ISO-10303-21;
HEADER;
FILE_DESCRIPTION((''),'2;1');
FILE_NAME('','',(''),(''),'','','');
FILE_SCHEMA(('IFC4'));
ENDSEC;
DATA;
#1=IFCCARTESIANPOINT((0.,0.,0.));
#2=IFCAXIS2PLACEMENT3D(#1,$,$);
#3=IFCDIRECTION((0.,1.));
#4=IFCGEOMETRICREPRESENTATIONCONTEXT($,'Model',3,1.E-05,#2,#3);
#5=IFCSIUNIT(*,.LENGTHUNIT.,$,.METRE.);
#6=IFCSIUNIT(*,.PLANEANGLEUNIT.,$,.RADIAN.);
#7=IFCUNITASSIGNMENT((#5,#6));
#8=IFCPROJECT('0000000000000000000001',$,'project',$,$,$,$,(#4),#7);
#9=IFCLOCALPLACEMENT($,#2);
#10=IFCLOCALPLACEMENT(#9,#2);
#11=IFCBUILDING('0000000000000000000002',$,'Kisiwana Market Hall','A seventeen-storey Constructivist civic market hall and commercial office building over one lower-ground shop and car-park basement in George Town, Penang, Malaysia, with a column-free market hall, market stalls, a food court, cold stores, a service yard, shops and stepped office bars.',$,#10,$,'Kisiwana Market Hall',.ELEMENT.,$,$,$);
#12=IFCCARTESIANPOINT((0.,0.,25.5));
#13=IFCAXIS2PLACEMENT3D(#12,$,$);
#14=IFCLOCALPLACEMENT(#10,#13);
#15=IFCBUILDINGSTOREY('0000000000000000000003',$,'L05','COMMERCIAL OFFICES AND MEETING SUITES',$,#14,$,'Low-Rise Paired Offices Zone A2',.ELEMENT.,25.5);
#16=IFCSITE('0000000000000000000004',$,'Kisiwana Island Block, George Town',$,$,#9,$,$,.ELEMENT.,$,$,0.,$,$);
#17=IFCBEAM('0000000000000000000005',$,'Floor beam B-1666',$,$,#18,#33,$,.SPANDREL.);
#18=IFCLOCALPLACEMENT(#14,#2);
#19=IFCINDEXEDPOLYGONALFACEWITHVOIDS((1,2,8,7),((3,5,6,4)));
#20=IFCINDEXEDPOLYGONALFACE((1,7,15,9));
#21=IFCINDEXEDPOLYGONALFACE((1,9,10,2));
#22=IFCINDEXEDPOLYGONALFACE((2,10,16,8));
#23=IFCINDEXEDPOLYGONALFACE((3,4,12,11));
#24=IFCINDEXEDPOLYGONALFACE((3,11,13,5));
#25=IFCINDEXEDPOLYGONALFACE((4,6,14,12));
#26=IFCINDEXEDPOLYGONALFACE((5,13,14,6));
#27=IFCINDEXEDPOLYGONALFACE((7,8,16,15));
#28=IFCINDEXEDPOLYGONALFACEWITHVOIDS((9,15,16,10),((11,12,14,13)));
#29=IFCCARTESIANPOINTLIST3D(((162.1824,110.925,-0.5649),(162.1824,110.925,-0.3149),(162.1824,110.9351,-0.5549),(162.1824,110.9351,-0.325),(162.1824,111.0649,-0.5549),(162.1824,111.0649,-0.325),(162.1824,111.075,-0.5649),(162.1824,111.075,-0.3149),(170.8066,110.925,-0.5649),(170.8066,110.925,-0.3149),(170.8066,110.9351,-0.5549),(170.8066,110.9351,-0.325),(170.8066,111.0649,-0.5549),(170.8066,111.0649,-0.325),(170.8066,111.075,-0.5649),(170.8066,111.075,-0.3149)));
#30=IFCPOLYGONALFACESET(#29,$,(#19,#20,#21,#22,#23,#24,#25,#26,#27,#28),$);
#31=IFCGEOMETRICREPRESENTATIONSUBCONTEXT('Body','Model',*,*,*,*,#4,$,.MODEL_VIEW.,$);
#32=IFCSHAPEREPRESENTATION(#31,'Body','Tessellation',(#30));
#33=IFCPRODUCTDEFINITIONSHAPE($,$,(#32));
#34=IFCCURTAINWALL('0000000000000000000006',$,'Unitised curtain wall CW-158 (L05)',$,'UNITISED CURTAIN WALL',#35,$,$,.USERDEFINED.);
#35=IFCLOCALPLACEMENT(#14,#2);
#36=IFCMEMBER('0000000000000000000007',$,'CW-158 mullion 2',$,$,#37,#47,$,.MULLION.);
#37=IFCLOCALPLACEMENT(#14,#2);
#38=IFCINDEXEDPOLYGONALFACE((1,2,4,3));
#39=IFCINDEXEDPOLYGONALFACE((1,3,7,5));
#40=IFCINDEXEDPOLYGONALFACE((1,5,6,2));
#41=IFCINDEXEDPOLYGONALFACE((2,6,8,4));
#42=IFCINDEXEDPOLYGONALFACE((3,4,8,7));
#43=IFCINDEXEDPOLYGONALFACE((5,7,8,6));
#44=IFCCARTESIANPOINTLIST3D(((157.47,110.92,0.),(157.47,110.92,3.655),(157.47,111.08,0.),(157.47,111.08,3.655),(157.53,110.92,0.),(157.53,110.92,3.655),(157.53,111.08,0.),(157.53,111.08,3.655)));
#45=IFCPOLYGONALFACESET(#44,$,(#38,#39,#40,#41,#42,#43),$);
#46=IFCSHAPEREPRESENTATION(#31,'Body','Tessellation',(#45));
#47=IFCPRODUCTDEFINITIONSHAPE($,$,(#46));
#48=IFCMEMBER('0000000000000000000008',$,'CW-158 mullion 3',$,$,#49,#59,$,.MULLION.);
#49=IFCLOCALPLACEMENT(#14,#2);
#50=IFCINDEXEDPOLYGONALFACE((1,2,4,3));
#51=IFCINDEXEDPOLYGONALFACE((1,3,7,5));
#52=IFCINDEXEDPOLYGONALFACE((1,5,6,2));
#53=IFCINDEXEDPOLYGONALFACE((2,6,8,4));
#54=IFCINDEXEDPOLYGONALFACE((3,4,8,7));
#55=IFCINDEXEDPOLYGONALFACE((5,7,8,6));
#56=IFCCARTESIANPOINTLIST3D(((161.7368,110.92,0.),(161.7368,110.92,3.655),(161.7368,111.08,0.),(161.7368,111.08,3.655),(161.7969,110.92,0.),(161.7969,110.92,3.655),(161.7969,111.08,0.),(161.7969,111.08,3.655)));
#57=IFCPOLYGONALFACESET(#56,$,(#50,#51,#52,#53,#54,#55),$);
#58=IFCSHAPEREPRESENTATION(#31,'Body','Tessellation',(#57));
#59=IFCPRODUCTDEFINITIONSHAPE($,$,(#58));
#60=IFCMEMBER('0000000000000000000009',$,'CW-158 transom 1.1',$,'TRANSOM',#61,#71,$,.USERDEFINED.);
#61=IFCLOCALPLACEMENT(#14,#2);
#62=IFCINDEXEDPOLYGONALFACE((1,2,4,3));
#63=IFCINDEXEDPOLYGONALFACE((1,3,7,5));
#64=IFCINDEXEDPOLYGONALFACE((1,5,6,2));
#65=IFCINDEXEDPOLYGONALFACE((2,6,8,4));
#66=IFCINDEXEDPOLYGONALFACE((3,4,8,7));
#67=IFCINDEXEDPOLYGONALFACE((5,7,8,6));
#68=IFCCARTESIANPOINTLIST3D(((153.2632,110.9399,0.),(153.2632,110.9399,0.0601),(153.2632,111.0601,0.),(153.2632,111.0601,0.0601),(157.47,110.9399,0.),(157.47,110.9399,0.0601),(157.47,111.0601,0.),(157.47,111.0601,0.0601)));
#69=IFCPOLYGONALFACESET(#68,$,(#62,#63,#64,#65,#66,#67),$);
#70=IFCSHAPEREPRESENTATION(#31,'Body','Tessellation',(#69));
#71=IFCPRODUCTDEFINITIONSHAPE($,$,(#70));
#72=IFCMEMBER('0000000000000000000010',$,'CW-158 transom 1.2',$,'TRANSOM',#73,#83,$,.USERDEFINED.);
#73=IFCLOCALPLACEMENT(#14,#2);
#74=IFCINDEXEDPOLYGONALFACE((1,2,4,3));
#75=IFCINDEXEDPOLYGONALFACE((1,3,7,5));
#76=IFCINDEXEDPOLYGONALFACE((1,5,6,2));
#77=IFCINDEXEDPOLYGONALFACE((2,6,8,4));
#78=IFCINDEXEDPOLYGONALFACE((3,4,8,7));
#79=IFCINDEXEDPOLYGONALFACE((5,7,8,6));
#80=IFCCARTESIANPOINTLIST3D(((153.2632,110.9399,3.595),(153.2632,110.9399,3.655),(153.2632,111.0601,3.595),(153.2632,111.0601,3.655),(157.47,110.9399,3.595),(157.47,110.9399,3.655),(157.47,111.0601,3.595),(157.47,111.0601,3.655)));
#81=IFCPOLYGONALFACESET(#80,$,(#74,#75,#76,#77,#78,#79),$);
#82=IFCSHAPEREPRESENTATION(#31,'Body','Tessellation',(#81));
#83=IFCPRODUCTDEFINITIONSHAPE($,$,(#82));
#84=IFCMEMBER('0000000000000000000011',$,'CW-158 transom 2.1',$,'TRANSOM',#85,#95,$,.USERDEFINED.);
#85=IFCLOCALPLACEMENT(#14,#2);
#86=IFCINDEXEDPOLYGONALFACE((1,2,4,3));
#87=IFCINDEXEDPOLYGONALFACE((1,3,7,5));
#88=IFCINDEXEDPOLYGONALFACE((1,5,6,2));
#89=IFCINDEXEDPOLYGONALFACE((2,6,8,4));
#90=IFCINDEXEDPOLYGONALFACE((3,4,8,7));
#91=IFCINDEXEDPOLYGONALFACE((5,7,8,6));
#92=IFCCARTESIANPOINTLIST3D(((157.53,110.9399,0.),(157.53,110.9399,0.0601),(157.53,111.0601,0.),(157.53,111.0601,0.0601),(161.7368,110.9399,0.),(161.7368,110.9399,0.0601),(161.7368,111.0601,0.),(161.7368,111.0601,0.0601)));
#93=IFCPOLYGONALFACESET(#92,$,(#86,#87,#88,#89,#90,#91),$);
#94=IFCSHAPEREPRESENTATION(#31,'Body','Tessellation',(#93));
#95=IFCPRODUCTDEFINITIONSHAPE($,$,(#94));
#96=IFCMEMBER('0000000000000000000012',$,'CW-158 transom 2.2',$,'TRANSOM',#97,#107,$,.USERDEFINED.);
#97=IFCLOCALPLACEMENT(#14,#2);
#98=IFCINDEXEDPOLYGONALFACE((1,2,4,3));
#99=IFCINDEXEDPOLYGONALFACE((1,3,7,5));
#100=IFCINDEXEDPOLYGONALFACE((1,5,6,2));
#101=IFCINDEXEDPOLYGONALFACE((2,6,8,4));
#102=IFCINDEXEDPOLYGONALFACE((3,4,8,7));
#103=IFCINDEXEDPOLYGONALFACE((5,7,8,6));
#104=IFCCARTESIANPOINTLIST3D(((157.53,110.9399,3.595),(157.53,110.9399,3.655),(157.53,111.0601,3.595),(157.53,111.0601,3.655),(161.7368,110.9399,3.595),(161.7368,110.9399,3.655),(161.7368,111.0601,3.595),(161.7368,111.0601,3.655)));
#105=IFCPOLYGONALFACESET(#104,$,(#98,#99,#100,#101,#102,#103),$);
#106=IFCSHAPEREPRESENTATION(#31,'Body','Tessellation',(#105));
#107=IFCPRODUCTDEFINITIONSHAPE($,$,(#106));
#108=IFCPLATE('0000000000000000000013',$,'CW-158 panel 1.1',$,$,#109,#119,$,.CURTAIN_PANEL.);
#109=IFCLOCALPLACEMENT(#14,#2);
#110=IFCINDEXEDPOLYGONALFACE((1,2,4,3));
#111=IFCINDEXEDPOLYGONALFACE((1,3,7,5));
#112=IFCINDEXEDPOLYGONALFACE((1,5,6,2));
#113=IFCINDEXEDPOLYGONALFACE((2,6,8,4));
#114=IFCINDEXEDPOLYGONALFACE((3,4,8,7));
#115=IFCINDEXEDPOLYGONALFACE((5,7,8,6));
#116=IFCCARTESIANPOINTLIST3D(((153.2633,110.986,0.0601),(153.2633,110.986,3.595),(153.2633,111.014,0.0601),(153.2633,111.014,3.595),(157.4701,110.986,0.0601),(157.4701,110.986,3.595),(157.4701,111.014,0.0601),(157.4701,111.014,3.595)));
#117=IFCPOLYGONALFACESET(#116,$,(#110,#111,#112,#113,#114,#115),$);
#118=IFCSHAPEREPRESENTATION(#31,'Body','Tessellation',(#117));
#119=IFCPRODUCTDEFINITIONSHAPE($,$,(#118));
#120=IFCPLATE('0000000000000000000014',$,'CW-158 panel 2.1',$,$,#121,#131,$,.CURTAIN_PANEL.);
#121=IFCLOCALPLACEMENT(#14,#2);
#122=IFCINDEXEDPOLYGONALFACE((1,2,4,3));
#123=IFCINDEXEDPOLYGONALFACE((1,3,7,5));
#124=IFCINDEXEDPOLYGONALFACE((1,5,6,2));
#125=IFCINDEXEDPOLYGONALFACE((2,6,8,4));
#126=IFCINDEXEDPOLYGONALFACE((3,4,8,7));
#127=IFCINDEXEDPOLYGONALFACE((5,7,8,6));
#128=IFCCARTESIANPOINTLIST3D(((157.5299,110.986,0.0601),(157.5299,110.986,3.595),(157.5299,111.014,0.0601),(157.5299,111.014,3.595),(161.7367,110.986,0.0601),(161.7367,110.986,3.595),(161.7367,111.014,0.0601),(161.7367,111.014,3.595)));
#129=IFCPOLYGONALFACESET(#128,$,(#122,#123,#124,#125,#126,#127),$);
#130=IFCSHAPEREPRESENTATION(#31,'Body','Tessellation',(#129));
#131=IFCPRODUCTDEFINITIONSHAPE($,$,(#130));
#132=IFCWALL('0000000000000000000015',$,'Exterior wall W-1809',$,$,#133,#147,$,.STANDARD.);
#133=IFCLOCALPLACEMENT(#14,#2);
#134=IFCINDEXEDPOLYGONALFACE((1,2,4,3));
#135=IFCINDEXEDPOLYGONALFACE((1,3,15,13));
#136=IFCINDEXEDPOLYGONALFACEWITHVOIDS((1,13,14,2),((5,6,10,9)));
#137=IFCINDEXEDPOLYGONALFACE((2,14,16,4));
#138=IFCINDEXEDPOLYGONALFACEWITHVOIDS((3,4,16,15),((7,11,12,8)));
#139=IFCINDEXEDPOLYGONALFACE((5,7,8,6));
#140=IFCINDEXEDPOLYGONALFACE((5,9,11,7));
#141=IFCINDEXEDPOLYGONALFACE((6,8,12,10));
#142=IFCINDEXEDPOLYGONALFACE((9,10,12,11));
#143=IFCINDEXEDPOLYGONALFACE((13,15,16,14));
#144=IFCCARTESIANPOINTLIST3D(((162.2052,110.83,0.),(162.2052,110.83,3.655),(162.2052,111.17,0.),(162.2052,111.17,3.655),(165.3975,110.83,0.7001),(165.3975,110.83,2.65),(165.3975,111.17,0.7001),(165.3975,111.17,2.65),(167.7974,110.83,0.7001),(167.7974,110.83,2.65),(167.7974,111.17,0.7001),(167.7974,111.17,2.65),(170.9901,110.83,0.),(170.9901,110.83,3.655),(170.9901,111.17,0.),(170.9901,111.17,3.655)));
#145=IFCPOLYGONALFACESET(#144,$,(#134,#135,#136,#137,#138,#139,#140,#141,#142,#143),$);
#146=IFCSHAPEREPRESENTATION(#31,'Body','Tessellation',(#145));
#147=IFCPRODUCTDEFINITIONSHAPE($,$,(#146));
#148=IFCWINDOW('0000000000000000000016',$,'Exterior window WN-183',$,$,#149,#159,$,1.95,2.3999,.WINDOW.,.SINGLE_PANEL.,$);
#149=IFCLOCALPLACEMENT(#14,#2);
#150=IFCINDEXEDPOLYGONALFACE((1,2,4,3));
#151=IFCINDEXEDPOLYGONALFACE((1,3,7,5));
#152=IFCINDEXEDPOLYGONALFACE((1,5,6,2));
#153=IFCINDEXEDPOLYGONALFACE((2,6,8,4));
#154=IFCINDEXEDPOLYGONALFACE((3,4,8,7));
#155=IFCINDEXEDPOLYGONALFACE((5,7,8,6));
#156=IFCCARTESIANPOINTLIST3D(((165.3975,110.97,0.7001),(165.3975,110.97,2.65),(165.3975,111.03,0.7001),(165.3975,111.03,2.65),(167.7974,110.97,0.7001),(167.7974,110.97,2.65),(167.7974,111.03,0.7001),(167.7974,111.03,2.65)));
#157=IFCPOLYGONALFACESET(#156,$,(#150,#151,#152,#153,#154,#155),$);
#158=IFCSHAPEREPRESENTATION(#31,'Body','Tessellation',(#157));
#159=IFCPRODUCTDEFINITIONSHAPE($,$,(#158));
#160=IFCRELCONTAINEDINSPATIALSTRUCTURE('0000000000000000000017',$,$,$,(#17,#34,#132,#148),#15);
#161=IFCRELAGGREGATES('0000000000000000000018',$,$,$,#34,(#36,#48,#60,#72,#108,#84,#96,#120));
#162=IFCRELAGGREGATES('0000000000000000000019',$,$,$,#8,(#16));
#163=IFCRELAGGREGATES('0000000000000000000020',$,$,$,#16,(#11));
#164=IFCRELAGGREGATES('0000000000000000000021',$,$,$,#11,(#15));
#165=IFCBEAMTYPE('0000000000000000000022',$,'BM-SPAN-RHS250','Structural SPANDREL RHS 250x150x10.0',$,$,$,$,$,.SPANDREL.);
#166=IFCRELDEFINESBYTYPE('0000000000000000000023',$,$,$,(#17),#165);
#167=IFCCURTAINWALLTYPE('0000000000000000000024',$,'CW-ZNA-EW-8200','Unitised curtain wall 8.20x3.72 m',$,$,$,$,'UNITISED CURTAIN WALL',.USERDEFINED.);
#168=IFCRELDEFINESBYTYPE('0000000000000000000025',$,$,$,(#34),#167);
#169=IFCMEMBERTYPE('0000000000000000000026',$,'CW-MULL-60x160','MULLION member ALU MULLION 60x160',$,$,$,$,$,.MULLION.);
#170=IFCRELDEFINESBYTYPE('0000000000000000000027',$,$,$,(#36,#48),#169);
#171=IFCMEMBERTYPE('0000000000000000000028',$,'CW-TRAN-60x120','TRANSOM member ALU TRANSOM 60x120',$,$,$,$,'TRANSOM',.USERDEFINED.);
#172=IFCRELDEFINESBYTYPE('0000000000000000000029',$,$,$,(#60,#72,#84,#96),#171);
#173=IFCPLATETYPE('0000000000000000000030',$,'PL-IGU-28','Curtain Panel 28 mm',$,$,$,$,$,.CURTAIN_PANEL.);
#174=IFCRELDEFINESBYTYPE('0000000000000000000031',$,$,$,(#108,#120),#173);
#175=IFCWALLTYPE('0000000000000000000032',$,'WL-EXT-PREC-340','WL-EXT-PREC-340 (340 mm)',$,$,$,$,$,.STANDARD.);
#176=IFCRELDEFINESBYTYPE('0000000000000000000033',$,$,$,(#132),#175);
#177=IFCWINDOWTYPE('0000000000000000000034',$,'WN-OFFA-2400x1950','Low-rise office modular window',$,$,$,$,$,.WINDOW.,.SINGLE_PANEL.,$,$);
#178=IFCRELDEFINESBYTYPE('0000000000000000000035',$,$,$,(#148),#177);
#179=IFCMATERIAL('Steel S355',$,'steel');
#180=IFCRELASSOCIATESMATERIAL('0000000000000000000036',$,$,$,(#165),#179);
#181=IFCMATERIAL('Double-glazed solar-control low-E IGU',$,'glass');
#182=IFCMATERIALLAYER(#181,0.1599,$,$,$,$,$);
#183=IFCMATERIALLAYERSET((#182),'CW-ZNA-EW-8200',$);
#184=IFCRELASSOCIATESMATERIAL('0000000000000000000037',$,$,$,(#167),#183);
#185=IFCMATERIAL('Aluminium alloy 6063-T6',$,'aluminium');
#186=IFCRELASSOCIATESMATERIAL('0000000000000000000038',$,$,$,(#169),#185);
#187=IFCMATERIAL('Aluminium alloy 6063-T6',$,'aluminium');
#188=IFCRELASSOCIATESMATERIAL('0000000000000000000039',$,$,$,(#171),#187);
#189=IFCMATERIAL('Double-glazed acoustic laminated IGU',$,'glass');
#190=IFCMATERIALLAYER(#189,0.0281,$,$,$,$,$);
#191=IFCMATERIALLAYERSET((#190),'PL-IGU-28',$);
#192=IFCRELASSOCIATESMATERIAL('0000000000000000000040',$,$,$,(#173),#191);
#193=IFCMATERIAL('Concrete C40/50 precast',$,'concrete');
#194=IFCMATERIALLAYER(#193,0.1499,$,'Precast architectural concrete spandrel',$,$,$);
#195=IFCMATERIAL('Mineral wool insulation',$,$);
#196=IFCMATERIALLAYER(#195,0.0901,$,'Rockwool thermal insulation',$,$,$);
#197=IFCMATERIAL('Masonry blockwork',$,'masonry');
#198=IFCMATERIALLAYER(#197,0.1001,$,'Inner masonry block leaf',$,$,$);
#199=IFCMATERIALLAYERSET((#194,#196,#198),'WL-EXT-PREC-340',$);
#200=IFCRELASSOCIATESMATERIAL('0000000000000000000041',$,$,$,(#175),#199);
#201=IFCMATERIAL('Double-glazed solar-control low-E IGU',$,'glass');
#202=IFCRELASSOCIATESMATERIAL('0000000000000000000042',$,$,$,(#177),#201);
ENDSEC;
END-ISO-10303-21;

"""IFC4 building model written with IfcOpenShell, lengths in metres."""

from ifc_helpers import new_model, si_unit, direction, frame, frame_2d, origin, origin_2d, place, context, subcontext, project, spatial, rectangle, hollow_rectangle, extrude, material, layer, layer_set, material_profile, profile_set, type_object, element, fill, aggregate, save


model = new_model("IFC4")

# Units and contexts
model_context = context("Model", 3, precision=1e-05, world=origin(), true_north=direction((0.0, 1.0)))
body_context = subcontext(model_context, "Body", "Model", "MODEL_VIEW")
ifc_project = project(units=[si_unit("LENGTHUNIT", "METRE"), si_unit("PLANEANGLEUNIT", "RADIAN")], contexts=[model_context])

# Site, building, storey
site_placement = place(None, origin())
site = spatial("IfcSite", under=ifc_project, at=site_placement, Name="Kisiwana Island Block, George Town", CompositionType="ELEMENT", RefElevation=0.0)
building_placement = place(site_placement, origin())
building = spatial("IfcBuilding", under=site, at=building_placement, Name="Kisiwana Market Hall", Description="A seventeen-storey Constructivist civic market hall and commercial office building over one lower-ground shop and car-park basement in George Town, Penang, Malaysia, with a column-free market hall, market stalls, a food court, cold stores, a service yard, shops and stepped office bars.", LongName="Kisiwana Market Hall", CompositionType="ELEMENT")
storey_placement = place(building_placement, frame((0.0, 0.0, 25.5)))
storey = spatial("IfcBuildingStorey", under=building, at=storey_placement, Name="L05", Description="COMMERCIAL OFFICES AND MEETING SUITES", LongName="Low-Rise Paired Offices Zone A2", CompositionType="ELEMENT", Elevation=25.5)

# Beam
ifc_material_1 = material(Name="Steel S355", Category="steel")
ifc_material_profile_1 = material_profile(ifc_material_1, hollow_rectangle(XDim=0.1499, YDim=0.25, WallThickness=0.01, at=origin_2d()), Name="RHS 250x150x10.0")
ifc_profile_set_1 = profile_set([ifc_material_profile_1], Name="Steel S355")
beam_type_1 = type_object("IfcBeamType", Name="BM-SPAN-RHS250", Description="Structural SPANDREL RHS 250x150x10.0", PredefinedType="SPANDREL", material=ifc_profile_set_1)
beam_1_placement = place(storey_placement, frame((162.1824, 111.0, -0.4399), z_axis=(1.0, 0.0, 0.0), x_axis=(0.0, 1.0, 0.0)))
element("IfcBeam", 1, at=beam_1_placement, inside=storey, type_object=beam_type_1, Name="Floor beam B-1666", PredefinedType="SPANDREL", context=body_context, shape_type="SweptSolid", body=[
    extrude(hollow_rectangle(XDim=0.1499, YDim=0.25, WallThickness=0.01, at=origin_2d()), origin(), (0.0, 0.0, 1.0), 8.6243),
])

# Curtain wall, members, plates
ifc_material_2 = material(Name="Double-glazed solar-control low-E IGU", Category="glass")
ifc_layer_1 = layer(ifc_material_2, 0.1599)
ifc_layer_set_1 = layer_set([ifc_layer_1], Name="CW-ZNA-EW-8200")
curtain_wall_type = type_object("IfcCurtainWallType", Name="CW-ZNA-EW-8200", Description="Unitised curtain wall 8.20x3.72 m", ElementType="UNITISED CURTAIN WALL", PredefinedType="USERDEFINED", material=ifc_layer_set_1)
curtain_wall_placement = place(storey_placement, origin())
curtain_wall = element("IfcCurtainWall", 2, at=curtain_wall_placement, inside=storey, type_object=curtain_wall_type, Name="Unitised curtain wall CW-158 (L05)", ObjectType="UNITISED CURTAIN WALL", PredefinedType="USERDEFINED")
ifc_material_3 = material(Name="Aluminium alloy 6063-T6", Category="aluminium")
ifc_material_profile_2 = material_profile(ifc_material_3, rectangle(XDim=0.0601, YDim=0.1599, at=origin_2d()), Name="ALU MULLION 60x160")
ifc_profile_set_2 = profile_set([ifc_material_profile_2], Name="Aluminium alloy 6063-T6")
member_type_1 = type_object("IfcMemberType", Name="CW-MULL-60x160", Description="MULLION member ALU MULLION 60x160", PredefinedType="MULLION", material=ifc_profile_set_2)
member_1_placement = place(storey_placement, frame((157.5, 111.0, 0.0), z_axis=(0.0, 0.0, 1.0), x_axis=(1.0, 0.0, 0.0)))
member_1 = element("IfcMember", 3, at=member_1_placement, type_object=member_type_1, Name="CW-158 mullion 2", PredefinedType="MULLION", context=body_context, shape_type="SweptSolid", body=[
    extrude(rectangle(XDim=0.0601, YDim=0.1599, at=origin_2d()), origin(), (0.0, 0.0, 1.0), 3.655),
])
member_2_placement = place(storey_placement, frame((161.7668, 111.0, 0.0), z_axis=(0.0, 0.0, 1.0), x_axis=(1.0, 0.0, 0.0)))
member_2 = element("IfcMember", 4, at=member_2_placement, type_object=member_type_1, Name="CW-158 mullion 3", PredefinedType="MULLION", context=body_context, shape_type="SweptSolid", body=[
    extrude(rectangle(XDim=0.0601, YDim=0.1599, at=origin_2d()), origin(), (0.0, 0.0, 1.0), 3.655),
])
ifc_material_4 = material(Name="Aluminium alloy 6063-T6", Category="aluminium")
ifc_material_profile_3 = material_profile(ifc_material_4, rectangle(XDim=0.1201, YDim=0.0601, at=origin_2d()), Name="ALU TRANSOM 60x120")
ifc_profile_set_3 = profile_set([ifc_material_profile_3], Name="Aluminium alloy 6063-T6")
member_type_2 = type_object("IfcMemberType", Name="CW-TRAN-60x120", Description="TRANSOM member ALU TRANSOM 60x120", ElementType="TRANSOM", PredefinedType="USERDEFINED", material=ifc_profile_set_3)
member_3_placement = place(storey_placement, frame((153.2632, 111.0, 0.03), z_axis=(1.0, 0.0, 0.0), x_axis=(0.0, 1.0, 0.0)))
member_3 = element("IfcMember", 5, at=member_3_placement, type_object=member_type_2, Name="CW-158 transom 1.1", ObjectType="TRANSOM", PredefinedType="USERDEFINED", context=body_context, shape_type="SweptSolid", body=[
    extrude(rectangle(XDim=0.1201, YDim=0.0601, at=origin_2d()), origin(), (0.0, 0.0, 1.0), 4.2068),
])
member_4_placement = place(storey_placement, frame((153.2632, 111.0, 3.625), z_axis=(1.0, 0.0, 0.0), x_axis=(0.0, 1.0, 0.0)))
member_4 = element("IfcMember", 6, at=member_4_placement, type_object=member_type_2, Name="CW-158 transom 1.2", ObjectType="TRANSOM", PredefinedType="USERDEFINED", context=body_context, shape_type="SweptSolid", body=[
    extrude(rectangle(XDim=0.1201, YDim=0.0601, at=origin_2d()), origin(), (0.0, 0.0, 1.0), 4.2068),
])
member_5_placement = place(storey_placement, frame((157.53, 111.0, 0.03), z_axis=(1.0, 0.0, 0.0), x_axis=(0.0, 1.0, 0.0)))
member_5 = element("IfcMember", 7, at=member_5_placement, type_object=member_type_2, Name="CW-158 transom 2.1", ObjectType="TRANSOM", PredefinedType="USERDEFINED", context=body_context, shape_type="SweptSolid", body=[
    extrude(rectangle(XDim=0.1201, YDim=0.0601, at=origin_2d()), origin(), (0.0, 0.0, 1.0), 4.2068),
])
member_6_placement = place(storey_placement, frame((157.53, 111.0, 3.625), z_axis=(1.0, 0.0, 0.0), x_axis=(0.0, 1.0, 0.0)))
member_6 = element("IfcMember", 8, at=member_6_placement, type_object=member_type_2, Name="CW-158 transom 2.2", ObjectType="TRANSOM", PredefinedType="USERDEFINED", context=body_context, shape_type="SweptSolid", body=[
    extrude(rectangle(XDim=0.1201, YDim=0.0601, at=origin_2d()), origin(), (0.0, 0.0, 1.0), 4.2068),
])
ifc_material_5 = material(Name="Double-glazed acoustic laminated IGU", Category="glass")
ifc_layer_2 = layer(ifc_material_5, 0.0281)
ifc_layer_set_2 = layer_set([ifc_layer_2], Name="PL-IGU-28")
plate_type = type_object("IfcPlateType", Name="PL-IGU-28", Description="Curtain Panel 28 mm", PredefinedType="CURTAIN_PANEL", material=ifc_layer_set_2)
plate_1_placement = place(storey_placement, frame((155.3667, 111.0, 0.0601), z_axis=(0.0, 0.0, 1.0), x_axis=(1.0, 0.0, 0.0)))
plate_1 = element("IfcPlate", 9, at=plate_1_placement, type_object=plate_type, Name="CW-158 panel 1.1", PredefinedType="CURTAIN_PANEL", context=body_context, shape_type="SweptSolid", body=[
    extrude(rectangle(XDim=4.2068, YDim=0.0281, at=origin_2d()), origin(), (0.0, 0.0, 1.0), 3.5349),
])
plate_2_placement = place(storey_placement, frame((159.6333, 111.0, 0.0601), z_axis=(0.0, 0.0, 1.0), x_axis=(1.0, 0.0, 0.0)))
plate_2 = element("IfcPlate", 10, at=plate_2_placement, type_object=plate_type, Name="CW-158 panel 2.1", PredefinedType="CURTAIN_PANEL", context=body_context, shape_type="SweptSolid", body=[
    extrude(rectangle(XDim=4.2068, YDim=0.0281, at=origin_2d()), origin(), (0.0, 0.0, 1.0), 3.5349),
])
aggregate(curtain_wall, [member_1, member_2, member_3, member_4, plate_1, member_5, member_6, plate_2])

# Wall, opening, window
ifc_material_6 = material(Name="Concrete C40/50 precast", Category="concrete")
ifc_layer_3 = layer(ifc_material_6, 0.1499, Name="Precast architectural concrete spandrel")
ifc_material_7 = material(Name="Mineral wool insulation")
ifc_layer_4 = layer(ifc_material_7, 0.0901, Name="Rockwool thermal insulation")
ifc_material_8 = material(Name="Masonry blockwork", Category="masonry")
ifc_layer_5 = layer(ifc_material_8, 0.1001, Name="Inner masonry block leaf")
ifc_layer_set_3 = layer_set([ifc_layer_3, ifc_layer_4, ifc_layer_5], Name="WL-EXT-PREC-340")
wall_type_1 = type_object("IfcWallType", Name="WL-EXT-PREC-340", Description="WL-EXT-PREC-340 (340 mm)", PredefinedType="STANDARD", material=ifc_layer_set_3)
wall_1_placement = place(storey_placement, frame((162.2051, 111.0, 0.0), z_axis=(0.0, 0.0, 1.0), x_axis=(1.0, 0.0, 0.0)))
wall_1 = element("IfcWall", 11, at=wall_1_placement, inside=storey, type_object=wall_type_1, Name="Exterior wall W-1809", PredefinedType="STANDARD", context=body_context, shape_type="SweptSolid", body=[
    extrude(rectangle(XDim=8.7849, YDim=0.3401, at=frame_2d((4.3926, 0.0))), origin(), (0.0, 0.0, 1.0), 3.655),
])
opening_1_placement = place(wall_1_placement, frame((3.1924, 0.0, 0.7)))
opening_1 = element("IfcOpeningElement", 12, at=opening_1_placement, cuts=wall_1, PredefinedType="OPENING", context=body_context, shape_type="SweptSolid", body=[
    extrude(rectangle(XDim=2.3999, YDim=1.95, at=frame_2d((1.2, 0.9751))), frame((0.0, 0.1821, 0.0), z_axis=(0.0, -1.0, 0.0), x_axis=(1.0, 0.0, 0.0)), (0.0, 0.0, 1.0), 0.364),
])
ifc_material_9 = material(Name="Double-glazed solar-control low-E IGU", Category="glass")
window_type_1 = type_object("IfcWindowType", Name="WN-OFFA-2400x1950", Description="Low-rise office modular window", PartitioningType="SINGLE_PANEL", PredefinedType="WINDOW", material=ifc_material_9)
window_1_placement = place(opening_1_placement, origin())
window_1 = element("IfcWindow", 13, at=window_1_placement, inside=storey, type_object=window_type_1, Name="Exterior window WN-183", OverallHeight=1.95, OverallWidth=2.3999, PartitioningType="SINGLE_PANEL", PredefinedType="WINDOW", context=body_context, shape_type="SweptSolid", body=[
    extrude(rectangle(XDim=2.3999, YDim=1.95, at=frame_2d((1.2, 0.9751))), frame((0.0, 0.03, 0.0), z_axis=(0.0, -1.0, 0.0), x_axis=(1.0, 0.0, 0.0)), (0.0, 0.0, 1.0), 0.0601),
])
fill(opening_1, window_1)

save(model, "model.ifc")
